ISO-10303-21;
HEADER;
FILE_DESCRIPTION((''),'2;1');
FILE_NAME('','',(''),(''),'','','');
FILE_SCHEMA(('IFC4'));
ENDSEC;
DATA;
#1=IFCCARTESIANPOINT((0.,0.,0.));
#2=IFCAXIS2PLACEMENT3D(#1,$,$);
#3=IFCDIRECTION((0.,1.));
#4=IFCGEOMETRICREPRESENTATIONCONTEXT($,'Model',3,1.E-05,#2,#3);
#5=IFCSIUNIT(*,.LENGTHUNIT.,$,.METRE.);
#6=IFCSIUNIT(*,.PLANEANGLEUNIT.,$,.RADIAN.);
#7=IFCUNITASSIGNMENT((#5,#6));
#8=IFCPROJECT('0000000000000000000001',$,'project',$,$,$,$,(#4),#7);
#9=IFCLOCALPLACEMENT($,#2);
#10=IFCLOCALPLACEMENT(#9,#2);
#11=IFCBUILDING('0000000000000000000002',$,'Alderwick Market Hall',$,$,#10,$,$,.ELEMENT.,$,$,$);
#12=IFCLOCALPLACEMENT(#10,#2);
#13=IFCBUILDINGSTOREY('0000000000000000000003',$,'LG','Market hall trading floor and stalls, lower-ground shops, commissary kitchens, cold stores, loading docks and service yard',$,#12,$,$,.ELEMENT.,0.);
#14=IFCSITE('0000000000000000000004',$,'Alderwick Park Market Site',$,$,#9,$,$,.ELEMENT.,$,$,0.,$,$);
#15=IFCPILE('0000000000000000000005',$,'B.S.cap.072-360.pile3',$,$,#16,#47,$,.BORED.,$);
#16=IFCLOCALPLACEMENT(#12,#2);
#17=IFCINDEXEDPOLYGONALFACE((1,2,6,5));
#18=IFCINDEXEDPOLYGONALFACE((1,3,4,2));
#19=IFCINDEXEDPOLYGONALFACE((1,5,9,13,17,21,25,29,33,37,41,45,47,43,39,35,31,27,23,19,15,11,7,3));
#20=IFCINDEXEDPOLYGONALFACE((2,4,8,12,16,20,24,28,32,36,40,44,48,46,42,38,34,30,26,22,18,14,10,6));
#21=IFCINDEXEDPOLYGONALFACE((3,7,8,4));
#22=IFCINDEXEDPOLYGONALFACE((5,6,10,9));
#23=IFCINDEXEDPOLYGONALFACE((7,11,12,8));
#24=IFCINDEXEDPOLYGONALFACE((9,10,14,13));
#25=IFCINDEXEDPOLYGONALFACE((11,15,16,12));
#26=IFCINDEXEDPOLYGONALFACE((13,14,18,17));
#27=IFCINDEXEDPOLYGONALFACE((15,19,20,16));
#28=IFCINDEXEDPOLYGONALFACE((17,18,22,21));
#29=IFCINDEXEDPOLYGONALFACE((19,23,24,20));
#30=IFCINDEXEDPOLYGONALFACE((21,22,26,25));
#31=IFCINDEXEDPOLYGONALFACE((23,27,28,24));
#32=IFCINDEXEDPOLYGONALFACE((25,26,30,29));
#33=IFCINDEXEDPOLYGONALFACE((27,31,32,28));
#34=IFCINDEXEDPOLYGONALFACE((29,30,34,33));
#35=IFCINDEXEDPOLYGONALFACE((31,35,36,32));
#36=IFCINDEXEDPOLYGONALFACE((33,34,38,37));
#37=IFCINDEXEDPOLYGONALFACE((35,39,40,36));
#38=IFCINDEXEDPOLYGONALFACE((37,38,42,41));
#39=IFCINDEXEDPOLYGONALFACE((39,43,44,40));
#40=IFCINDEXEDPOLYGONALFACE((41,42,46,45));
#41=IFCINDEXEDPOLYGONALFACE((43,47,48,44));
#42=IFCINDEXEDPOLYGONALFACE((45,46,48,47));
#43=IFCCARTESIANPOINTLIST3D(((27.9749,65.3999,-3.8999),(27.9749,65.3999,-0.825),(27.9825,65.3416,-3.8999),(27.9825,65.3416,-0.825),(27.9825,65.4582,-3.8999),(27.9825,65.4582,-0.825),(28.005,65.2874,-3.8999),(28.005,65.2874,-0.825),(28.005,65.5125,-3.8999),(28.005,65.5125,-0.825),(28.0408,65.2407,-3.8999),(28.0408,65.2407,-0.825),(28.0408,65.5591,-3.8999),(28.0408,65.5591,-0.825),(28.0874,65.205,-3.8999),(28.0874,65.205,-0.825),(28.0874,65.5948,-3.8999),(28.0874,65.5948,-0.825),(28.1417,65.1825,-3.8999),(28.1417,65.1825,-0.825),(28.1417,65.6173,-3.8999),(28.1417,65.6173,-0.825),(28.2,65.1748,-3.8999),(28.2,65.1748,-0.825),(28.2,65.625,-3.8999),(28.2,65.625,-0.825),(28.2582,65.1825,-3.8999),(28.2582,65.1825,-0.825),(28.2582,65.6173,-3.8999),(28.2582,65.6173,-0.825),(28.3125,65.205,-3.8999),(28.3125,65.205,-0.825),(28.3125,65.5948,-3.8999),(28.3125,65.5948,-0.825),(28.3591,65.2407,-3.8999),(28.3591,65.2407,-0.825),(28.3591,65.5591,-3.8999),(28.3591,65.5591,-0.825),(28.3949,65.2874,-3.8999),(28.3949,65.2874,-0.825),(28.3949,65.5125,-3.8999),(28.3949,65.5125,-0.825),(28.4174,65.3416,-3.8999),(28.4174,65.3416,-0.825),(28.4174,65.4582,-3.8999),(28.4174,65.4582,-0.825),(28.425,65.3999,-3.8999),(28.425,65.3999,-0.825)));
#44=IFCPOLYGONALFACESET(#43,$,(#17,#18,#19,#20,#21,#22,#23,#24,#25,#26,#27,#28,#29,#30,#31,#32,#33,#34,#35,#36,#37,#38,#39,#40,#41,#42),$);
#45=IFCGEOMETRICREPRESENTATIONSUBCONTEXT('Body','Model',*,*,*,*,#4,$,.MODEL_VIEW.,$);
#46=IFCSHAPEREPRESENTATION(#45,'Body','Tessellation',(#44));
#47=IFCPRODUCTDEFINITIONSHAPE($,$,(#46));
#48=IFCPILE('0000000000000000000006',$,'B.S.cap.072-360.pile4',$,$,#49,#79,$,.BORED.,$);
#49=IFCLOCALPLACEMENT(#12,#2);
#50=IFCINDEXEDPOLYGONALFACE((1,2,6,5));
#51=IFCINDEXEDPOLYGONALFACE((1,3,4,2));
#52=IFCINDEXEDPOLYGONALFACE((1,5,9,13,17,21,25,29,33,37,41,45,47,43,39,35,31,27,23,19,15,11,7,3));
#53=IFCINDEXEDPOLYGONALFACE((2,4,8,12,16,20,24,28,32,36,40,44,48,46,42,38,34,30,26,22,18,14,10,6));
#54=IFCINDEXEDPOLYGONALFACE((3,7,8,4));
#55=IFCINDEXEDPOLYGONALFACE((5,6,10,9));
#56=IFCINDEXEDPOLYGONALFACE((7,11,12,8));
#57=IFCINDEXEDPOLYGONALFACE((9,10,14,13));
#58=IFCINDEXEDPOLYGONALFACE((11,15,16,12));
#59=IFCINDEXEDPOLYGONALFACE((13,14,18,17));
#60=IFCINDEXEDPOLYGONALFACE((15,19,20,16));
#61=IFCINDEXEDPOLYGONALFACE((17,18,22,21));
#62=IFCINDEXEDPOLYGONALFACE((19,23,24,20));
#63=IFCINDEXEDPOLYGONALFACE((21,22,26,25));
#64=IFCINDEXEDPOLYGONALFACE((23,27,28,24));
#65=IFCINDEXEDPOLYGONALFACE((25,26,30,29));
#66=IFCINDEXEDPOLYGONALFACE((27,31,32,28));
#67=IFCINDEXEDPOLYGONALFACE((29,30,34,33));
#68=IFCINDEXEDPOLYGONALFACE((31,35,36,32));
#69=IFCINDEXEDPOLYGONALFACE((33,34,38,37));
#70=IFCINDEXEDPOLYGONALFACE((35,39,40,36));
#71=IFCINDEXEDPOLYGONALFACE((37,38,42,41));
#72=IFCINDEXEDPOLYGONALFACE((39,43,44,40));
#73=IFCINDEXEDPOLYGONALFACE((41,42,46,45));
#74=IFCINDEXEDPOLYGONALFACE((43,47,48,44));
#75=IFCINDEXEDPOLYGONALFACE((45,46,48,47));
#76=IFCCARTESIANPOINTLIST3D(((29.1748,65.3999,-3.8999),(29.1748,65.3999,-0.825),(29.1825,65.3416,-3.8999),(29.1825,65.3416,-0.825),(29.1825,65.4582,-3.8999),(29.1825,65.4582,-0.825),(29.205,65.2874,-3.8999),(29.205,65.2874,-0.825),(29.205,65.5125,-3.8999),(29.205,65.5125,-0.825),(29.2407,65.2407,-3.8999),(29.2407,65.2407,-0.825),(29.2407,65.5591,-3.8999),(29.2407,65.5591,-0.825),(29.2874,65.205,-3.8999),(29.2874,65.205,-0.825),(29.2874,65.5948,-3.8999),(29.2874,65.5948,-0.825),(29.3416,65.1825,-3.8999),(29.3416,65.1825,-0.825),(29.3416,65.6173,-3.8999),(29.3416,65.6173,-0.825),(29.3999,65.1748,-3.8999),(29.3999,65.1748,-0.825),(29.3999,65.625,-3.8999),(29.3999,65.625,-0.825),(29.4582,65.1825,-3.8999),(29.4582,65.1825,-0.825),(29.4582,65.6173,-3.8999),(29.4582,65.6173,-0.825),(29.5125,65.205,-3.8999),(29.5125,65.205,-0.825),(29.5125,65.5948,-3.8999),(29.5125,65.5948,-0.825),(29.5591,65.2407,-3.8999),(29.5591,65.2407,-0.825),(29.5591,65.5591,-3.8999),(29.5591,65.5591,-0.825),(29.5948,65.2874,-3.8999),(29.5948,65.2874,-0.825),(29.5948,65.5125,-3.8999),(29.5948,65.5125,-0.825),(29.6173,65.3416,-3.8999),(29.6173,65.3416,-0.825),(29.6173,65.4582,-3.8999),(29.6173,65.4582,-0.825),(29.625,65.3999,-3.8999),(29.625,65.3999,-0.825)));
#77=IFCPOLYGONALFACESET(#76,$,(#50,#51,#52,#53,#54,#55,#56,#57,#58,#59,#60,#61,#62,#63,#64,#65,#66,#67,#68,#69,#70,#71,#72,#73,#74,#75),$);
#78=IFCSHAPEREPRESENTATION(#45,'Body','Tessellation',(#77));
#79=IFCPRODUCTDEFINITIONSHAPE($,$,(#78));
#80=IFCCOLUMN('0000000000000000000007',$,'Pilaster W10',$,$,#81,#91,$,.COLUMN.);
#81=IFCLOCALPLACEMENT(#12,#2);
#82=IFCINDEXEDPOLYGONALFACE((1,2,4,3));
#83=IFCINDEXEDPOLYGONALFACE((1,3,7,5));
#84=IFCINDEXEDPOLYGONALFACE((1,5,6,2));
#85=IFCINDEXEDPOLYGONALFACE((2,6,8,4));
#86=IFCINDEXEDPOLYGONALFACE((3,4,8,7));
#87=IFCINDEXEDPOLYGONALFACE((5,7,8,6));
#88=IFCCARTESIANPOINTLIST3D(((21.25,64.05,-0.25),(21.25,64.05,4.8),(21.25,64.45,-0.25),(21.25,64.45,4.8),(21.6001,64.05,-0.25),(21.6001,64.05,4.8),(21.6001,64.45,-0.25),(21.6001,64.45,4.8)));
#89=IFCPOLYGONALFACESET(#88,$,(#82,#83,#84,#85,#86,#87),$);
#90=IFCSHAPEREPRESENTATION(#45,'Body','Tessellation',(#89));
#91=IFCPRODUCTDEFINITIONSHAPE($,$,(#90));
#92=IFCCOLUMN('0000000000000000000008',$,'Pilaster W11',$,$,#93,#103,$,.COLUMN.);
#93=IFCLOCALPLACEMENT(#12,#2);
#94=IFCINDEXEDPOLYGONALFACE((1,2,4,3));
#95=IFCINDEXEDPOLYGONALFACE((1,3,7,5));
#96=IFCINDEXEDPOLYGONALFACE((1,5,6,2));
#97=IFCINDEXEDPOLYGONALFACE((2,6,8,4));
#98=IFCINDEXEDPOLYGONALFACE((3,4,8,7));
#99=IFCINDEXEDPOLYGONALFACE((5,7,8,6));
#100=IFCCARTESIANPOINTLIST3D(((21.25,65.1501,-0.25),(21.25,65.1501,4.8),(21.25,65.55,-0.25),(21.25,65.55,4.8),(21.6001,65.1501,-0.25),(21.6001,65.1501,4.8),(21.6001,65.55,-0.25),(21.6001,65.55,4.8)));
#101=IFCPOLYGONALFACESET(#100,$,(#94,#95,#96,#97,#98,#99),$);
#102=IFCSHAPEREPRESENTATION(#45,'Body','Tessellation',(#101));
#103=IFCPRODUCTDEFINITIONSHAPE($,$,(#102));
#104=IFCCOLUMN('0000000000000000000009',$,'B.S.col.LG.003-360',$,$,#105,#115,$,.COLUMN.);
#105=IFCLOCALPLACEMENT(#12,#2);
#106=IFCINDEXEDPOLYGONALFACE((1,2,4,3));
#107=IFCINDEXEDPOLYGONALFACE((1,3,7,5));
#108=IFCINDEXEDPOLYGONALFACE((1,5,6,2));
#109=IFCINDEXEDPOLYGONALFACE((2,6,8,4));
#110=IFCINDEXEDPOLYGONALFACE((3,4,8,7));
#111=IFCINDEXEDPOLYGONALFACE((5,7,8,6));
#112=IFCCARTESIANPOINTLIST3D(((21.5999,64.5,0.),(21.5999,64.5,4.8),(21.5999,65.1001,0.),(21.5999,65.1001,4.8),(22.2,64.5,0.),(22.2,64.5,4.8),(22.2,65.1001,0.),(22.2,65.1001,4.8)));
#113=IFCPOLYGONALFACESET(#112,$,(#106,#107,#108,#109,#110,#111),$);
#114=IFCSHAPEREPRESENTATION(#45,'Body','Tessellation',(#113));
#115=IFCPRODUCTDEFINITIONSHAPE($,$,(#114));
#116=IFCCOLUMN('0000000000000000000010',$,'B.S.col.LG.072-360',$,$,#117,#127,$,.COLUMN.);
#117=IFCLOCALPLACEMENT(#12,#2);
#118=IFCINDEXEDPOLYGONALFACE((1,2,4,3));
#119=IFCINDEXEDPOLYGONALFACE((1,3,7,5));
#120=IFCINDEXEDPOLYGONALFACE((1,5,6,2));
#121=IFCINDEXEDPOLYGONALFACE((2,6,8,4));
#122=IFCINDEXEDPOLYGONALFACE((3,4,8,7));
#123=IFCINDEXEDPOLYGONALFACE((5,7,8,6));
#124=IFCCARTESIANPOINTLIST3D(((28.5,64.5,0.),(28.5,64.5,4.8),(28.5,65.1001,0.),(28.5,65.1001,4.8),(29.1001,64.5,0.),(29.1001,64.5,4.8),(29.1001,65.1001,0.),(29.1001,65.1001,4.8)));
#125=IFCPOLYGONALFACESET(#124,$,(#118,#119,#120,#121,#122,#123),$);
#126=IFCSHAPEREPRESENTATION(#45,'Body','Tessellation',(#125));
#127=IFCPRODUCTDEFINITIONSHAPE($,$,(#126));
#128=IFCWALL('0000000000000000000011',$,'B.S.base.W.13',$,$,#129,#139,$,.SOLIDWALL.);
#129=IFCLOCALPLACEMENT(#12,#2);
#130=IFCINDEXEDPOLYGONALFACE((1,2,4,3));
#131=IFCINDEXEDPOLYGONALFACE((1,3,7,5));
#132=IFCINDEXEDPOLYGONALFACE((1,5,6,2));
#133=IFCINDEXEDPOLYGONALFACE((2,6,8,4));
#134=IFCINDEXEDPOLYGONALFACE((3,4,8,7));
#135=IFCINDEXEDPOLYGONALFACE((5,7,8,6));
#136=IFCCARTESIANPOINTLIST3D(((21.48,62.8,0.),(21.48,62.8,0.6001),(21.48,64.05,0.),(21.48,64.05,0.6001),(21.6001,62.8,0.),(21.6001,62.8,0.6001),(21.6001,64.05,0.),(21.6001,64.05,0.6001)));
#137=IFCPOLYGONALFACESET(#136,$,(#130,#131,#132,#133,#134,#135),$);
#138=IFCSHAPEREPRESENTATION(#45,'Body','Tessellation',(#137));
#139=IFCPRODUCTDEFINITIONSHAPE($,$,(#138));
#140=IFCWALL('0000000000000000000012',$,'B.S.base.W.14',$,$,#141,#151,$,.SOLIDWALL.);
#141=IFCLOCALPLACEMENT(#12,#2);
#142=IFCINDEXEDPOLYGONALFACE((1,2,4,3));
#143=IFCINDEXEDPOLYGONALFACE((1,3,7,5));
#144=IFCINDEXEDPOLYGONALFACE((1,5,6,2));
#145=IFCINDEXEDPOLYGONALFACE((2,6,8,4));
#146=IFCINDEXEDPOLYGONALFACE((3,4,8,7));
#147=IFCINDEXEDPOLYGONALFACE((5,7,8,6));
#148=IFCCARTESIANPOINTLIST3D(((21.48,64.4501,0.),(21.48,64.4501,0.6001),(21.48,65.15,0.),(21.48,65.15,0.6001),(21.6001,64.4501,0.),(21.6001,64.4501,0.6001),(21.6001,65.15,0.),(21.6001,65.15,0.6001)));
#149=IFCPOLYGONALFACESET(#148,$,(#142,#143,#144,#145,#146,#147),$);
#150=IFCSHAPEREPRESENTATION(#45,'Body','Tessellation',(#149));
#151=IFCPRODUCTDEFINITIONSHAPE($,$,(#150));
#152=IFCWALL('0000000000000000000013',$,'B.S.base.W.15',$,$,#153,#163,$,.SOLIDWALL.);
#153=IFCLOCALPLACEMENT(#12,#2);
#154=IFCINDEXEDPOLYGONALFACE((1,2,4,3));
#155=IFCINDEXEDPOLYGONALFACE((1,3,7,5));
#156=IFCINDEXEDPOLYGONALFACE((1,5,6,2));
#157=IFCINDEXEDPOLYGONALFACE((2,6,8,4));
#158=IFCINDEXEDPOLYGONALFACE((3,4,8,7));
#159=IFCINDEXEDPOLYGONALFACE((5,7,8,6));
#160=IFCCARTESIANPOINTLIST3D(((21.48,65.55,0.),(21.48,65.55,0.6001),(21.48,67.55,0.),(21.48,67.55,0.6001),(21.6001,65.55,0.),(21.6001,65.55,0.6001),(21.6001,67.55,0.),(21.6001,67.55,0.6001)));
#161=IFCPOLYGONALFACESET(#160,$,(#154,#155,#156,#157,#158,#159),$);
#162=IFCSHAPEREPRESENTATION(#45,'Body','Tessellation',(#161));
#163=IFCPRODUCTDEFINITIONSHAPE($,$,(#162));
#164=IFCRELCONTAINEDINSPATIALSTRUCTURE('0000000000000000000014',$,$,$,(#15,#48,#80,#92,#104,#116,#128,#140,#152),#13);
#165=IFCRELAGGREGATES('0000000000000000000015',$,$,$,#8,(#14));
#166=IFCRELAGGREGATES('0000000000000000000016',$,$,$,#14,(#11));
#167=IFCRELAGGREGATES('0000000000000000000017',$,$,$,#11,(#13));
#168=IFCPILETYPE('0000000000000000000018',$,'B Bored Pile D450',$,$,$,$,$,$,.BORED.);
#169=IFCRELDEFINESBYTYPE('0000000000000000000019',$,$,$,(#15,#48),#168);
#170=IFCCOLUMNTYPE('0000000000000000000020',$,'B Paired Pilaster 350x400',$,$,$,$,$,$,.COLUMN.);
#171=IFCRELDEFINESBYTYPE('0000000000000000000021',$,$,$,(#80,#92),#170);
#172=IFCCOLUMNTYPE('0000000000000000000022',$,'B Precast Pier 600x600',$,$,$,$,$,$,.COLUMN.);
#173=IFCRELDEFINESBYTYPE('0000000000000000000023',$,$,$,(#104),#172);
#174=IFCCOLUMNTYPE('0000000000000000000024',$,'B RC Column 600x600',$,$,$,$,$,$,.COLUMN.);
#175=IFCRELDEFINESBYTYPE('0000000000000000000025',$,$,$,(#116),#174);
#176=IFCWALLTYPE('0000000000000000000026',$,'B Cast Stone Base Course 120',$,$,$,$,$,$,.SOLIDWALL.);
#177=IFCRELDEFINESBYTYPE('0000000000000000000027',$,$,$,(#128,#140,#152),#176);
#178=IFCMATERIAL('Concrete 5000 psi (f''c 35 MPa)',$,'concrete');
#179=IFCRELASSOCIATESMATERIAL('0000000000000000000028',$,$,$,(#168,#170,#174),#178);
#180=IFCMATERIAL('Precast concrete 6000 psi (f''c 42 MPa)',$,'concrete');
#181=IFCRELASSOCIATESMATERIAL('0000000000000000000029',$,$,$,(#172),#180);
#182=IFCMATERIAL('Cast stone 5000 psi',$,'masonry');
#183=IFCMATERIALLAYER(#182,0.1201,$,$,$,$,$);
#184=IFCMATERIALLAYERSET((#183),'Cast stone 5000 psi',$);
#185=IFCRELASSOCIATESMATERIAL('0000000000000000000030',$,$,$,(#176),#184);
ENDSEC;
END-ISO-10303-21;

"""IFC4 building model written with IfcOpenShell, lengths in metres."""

from ifc_helpers import new_model, si_unit, direction, frame, frame_2d, origin, origin_2d, place, context, subcontext, project, spatial, rectangle, circle, extrude, material, layer, layer_set, material_profile, profile_set, type_object, element, save


model = new_model("IFC4")

# Units and contexts
model_context = context("Model", 3, precision=1e-05, world=origin(), true_north=direction((0.0, 1.0)))
body_context = subcontext(model_context, "Body", "Model", "MODEL_VIEW")
ifc_project = project(units=[si_unit("LENGTHUNIT", "METRE"), si_unit("PLANEANGLEUNIT", "RADIAN")], contexts=[model_context])

# Site, building, storey
site_placement = place(None, origin())
site = spatial("IfcSite", under=ifc_project, at=site_placement, Name="Alderwick Park Market Site", CompositionType="ELEMENT", RefElevation=0.0)
building_placement = place(site_placement, origin())
building = spatial("IfcBuilding", under=site, at=building_placement, Name="Alderwick Market Hall", CompositionType="ELEMENT")
storey_placement = place(building_placement, origin())
storey = spatial("IfcBuildingStorey", under=building, at=storey_placement, Name="LG", Description="Market hall trading floor and stalls, lower-ground shops, commissary kitchens, cold stores, loading docks and service yard", CompositionType="ELEMENT", Elevation=0.0)

# Piles
ifc_material_1 = material(Name="Concrete 5000 psi (f'c 35 MPa)", Category="concrete")
ifc_material_profile_1 = material_profile(ifc_material_1, circle(Radius=0.2251, at=origin_2d()), Name="B Bored Pile D450")
ifc_profile_set_1 = profile_set([ifc_material_profile_1], Name="Concrete 5000 psi (f'c 35 MPa)")
pile_type = type_object("IfcPileType", Name="B Bored Pile D450", PredefinedType="BORED", material=ifc_profile_set_1)
for number, where, z_axis, x_axis, name in (
    (1, (28.2, 65.3999, -0.825), (0.0, 0.0, -1.0), (1.0, 0.0, 0.0), "B.S.cap.072-360.pile3"),
    (2, (29.3999, 65.3999, -0.825), (0.0, 0.0, -1.0), (1.0, 0.0, 0.0), "B.S.cap.072-360.pile4"),
):
    element("IfcPile", number, at=place(storey_placement, frame(where, z_axis=z_axis, x_axis=x_axis)), inside=storey, type_object=pile_type, Name=name, PredefinedType="BORED", context=body_context, shape_type="SweptSolid", body=[
        extrude(circle(Radius=0.2251, at=origin_2d()), origin(), (0.0, 0.0, 1.0), 3.075),
    ])

# Columns
ifc_material_profile_2 = material_profile(ifc_material_1, rectangle(XDim=0.3501, YDim=0.3999, at=origin_2d()), Name="B Paired Pilaster 350x400")
ifc_profile_set_2 = profile_set([ifc_material_profile_2], Name="Concrete 5000 psi (f'c 35 MPa)")
column_type_1 = type_object("IfcColumnType", Name="B Paired Pilaster 350x400", PredefinedType="COLUMN", material=ifc_profile_set_2)
for number, where, z_axis, x_axis, name in (
    (3, (21.425, 64.25, -0.25), (0.0, 0.0, 1.0), (1.0, 0.0, 0.0), "Pilaster W10"),
    (4, (21.425, 65.3501, -0.25), (0.0, 0.0, 1.0), (1.0, 0.0, 0.0), "Pilaster W11"),
):
    element("IfcColumn", number, at=place(storey_placement, frame(where, z_axis=z_axis, x_axis=x_axis)), inside=storey, type_object=column_type_1, Name=name, PredefinedType="COLUMN", context=body_context, shape_type="SweptSolid", body=[
        extrude(rectangle(XDim=0.3501, YDim=0.3999, at=origin_2d()), origin(), (0.0, 0.0, 1.0), 5.05),
    ])
ifc_material_2 = material(Name="Precast concrete 6000 psi (f'c 42 MPa)", Category="concrete")
ifc_material_profile_3 = material_profile(ifc_material_2, rectangle(XDim=0.6001, YDim=0.6001, at=origin_2d()), Name="B Precast Pier 600x600")
ifc_profile_set_3 = profile_set([ifc_material_profile_3], Name="Precast concrete 6000 psi (f'c 42 MPa)")
column_type_2 = type_object("IfcColumnType", Name="B Precast Pier 600x600", PredefinedType="COLUMN", material=ifc_profile_set_3)
column_1_placement = place(storey_placement, frame((21.8999, 64.8, 0.0), z_axis=(0.0, 0.0, 1.0), x_axis=(1.0, 0.0, 0.0)))
element("IfcColumn", 5, at=column_1_placement, inside=storey, type_object=column_type_2, Name="B.S.col.LG.003-360", PredefinedType="COLUMN", context=body_context, shape_type="SweptSolid", body=[
    extrude(rectangle(XDim=0.6001, YDim=0.6001, at=origin_2d()), origin(), (0.0, 0.0, 1.0), 4.8),
])
ifc_material_profile_4 = material_profile(ifc_material_1, rectangle(XDim=0.6001, YDim=0.6001, at=origin_2d()), Name="B RC Column 600x600")
ifc_profile_set_4 = profile_set([ifc_material_profile_4], Name="Concrete 5000 psi (f'c 35 MPa)")
column_type_3 = type_object("IfcColumnType", Name="B RC Column 600x600", PredefinedType="COLUMN", material=ifc_profile_set_4)
column_2_placement = place(storey_placement, frame((28.8, 64.8, 0.0), z_axis=(0.0, 0.0, 1.0), x_axis=(1.0, 0.0, 0.0)))
element("IfcColumn", 6, at=column_2_placement, inside=storey, type_object=column_type_3, Name="B.S.col.LG.072-360", PredefinedType="COLUMN", context=body_context, shape_type="SweptSolid", body=[
    extrude(rectangle(XDim=0.6001, YDim=0.6001, at=origin_2d()), origin(), (0.0, 0.0, 1.0), 4.8),
])

# Walls
ifc_material_3 = material(Name="Cast stone 5000 psi", Category="masonry")
ifc_layer_1 = layer(ifc_material_3, 0.1201)
ifc_layer_set_1 = layer_set([ifc_layer_1], Name="Cast stone 5000 psi")
wall_type_1 = type_object("IfcWallType", Name="B Cast Stone Base Course 120", PredefinedType="SOLIDWALL", material=ifc_layer_set_1)
wall_1_placement = place(storey_placement, frame((21.54, 62.8, 0.0), z_axis=(0.0, 0.0, 1.0), x_axis=(0.0, 1.0, 0.0)))
element("IfcWall", 7, at=wall_1_placement, inside=storey, type_object=wall_type_1, Name="B.S.base.W.13", PredefinedType="SOLIDWALL", context=body_context, shape_type="SweptSolid", body=[
    extrude(rectangle(XDim=1.25, YDim=0.1201, at=frame_2d((0.625, 0.0))), origin(), (0.0, 0.0, 1.0), 0.6001),
])
wall_2_placement = place(storey_placement, frame((21.54, 64.45, 0.0), z_axis=(0.0, 0.0, 1.0), x_axis=(0.0, 1.0, 0.0)))
element("IfcWall", 8, at=wall_2_placement, inside=storey, type_object=wall_type_1, Name="B.S.base.W.14", PredefinedType="SOLIDWALL", context=body_context, shape_type="SweptSolid", body=[
    extrude(rectangle(XDim=0.7, YDim=0.1201, at=frame_2d((0.3501, 0.0))), origin(), (0.0, 0.0, 1.0), 0.6001),
])
wall_3_placement = place(storey_placement, frame((21.54, 65.55, 0.0), z_axis=(0.0, 0.0, 1.0), x_axis=(0.0, 1.0, 0.0)))
element("IfcWall", 9, at=wall_3_placement, inside=storey, type_object=wall_type_1, Name="B.S.base.W.15", PredefinedType="SOLIDWALL", context=body_context, shape_type="SweptSolid", body=[
    extrude(rectangle(XDim=2.0, YDim=0.1201, at=frame_2d((1.0, 0.0))), origin(), (0.0, 0.0, 1.0), 0.6001),
])

save(model, "model.ifc")
